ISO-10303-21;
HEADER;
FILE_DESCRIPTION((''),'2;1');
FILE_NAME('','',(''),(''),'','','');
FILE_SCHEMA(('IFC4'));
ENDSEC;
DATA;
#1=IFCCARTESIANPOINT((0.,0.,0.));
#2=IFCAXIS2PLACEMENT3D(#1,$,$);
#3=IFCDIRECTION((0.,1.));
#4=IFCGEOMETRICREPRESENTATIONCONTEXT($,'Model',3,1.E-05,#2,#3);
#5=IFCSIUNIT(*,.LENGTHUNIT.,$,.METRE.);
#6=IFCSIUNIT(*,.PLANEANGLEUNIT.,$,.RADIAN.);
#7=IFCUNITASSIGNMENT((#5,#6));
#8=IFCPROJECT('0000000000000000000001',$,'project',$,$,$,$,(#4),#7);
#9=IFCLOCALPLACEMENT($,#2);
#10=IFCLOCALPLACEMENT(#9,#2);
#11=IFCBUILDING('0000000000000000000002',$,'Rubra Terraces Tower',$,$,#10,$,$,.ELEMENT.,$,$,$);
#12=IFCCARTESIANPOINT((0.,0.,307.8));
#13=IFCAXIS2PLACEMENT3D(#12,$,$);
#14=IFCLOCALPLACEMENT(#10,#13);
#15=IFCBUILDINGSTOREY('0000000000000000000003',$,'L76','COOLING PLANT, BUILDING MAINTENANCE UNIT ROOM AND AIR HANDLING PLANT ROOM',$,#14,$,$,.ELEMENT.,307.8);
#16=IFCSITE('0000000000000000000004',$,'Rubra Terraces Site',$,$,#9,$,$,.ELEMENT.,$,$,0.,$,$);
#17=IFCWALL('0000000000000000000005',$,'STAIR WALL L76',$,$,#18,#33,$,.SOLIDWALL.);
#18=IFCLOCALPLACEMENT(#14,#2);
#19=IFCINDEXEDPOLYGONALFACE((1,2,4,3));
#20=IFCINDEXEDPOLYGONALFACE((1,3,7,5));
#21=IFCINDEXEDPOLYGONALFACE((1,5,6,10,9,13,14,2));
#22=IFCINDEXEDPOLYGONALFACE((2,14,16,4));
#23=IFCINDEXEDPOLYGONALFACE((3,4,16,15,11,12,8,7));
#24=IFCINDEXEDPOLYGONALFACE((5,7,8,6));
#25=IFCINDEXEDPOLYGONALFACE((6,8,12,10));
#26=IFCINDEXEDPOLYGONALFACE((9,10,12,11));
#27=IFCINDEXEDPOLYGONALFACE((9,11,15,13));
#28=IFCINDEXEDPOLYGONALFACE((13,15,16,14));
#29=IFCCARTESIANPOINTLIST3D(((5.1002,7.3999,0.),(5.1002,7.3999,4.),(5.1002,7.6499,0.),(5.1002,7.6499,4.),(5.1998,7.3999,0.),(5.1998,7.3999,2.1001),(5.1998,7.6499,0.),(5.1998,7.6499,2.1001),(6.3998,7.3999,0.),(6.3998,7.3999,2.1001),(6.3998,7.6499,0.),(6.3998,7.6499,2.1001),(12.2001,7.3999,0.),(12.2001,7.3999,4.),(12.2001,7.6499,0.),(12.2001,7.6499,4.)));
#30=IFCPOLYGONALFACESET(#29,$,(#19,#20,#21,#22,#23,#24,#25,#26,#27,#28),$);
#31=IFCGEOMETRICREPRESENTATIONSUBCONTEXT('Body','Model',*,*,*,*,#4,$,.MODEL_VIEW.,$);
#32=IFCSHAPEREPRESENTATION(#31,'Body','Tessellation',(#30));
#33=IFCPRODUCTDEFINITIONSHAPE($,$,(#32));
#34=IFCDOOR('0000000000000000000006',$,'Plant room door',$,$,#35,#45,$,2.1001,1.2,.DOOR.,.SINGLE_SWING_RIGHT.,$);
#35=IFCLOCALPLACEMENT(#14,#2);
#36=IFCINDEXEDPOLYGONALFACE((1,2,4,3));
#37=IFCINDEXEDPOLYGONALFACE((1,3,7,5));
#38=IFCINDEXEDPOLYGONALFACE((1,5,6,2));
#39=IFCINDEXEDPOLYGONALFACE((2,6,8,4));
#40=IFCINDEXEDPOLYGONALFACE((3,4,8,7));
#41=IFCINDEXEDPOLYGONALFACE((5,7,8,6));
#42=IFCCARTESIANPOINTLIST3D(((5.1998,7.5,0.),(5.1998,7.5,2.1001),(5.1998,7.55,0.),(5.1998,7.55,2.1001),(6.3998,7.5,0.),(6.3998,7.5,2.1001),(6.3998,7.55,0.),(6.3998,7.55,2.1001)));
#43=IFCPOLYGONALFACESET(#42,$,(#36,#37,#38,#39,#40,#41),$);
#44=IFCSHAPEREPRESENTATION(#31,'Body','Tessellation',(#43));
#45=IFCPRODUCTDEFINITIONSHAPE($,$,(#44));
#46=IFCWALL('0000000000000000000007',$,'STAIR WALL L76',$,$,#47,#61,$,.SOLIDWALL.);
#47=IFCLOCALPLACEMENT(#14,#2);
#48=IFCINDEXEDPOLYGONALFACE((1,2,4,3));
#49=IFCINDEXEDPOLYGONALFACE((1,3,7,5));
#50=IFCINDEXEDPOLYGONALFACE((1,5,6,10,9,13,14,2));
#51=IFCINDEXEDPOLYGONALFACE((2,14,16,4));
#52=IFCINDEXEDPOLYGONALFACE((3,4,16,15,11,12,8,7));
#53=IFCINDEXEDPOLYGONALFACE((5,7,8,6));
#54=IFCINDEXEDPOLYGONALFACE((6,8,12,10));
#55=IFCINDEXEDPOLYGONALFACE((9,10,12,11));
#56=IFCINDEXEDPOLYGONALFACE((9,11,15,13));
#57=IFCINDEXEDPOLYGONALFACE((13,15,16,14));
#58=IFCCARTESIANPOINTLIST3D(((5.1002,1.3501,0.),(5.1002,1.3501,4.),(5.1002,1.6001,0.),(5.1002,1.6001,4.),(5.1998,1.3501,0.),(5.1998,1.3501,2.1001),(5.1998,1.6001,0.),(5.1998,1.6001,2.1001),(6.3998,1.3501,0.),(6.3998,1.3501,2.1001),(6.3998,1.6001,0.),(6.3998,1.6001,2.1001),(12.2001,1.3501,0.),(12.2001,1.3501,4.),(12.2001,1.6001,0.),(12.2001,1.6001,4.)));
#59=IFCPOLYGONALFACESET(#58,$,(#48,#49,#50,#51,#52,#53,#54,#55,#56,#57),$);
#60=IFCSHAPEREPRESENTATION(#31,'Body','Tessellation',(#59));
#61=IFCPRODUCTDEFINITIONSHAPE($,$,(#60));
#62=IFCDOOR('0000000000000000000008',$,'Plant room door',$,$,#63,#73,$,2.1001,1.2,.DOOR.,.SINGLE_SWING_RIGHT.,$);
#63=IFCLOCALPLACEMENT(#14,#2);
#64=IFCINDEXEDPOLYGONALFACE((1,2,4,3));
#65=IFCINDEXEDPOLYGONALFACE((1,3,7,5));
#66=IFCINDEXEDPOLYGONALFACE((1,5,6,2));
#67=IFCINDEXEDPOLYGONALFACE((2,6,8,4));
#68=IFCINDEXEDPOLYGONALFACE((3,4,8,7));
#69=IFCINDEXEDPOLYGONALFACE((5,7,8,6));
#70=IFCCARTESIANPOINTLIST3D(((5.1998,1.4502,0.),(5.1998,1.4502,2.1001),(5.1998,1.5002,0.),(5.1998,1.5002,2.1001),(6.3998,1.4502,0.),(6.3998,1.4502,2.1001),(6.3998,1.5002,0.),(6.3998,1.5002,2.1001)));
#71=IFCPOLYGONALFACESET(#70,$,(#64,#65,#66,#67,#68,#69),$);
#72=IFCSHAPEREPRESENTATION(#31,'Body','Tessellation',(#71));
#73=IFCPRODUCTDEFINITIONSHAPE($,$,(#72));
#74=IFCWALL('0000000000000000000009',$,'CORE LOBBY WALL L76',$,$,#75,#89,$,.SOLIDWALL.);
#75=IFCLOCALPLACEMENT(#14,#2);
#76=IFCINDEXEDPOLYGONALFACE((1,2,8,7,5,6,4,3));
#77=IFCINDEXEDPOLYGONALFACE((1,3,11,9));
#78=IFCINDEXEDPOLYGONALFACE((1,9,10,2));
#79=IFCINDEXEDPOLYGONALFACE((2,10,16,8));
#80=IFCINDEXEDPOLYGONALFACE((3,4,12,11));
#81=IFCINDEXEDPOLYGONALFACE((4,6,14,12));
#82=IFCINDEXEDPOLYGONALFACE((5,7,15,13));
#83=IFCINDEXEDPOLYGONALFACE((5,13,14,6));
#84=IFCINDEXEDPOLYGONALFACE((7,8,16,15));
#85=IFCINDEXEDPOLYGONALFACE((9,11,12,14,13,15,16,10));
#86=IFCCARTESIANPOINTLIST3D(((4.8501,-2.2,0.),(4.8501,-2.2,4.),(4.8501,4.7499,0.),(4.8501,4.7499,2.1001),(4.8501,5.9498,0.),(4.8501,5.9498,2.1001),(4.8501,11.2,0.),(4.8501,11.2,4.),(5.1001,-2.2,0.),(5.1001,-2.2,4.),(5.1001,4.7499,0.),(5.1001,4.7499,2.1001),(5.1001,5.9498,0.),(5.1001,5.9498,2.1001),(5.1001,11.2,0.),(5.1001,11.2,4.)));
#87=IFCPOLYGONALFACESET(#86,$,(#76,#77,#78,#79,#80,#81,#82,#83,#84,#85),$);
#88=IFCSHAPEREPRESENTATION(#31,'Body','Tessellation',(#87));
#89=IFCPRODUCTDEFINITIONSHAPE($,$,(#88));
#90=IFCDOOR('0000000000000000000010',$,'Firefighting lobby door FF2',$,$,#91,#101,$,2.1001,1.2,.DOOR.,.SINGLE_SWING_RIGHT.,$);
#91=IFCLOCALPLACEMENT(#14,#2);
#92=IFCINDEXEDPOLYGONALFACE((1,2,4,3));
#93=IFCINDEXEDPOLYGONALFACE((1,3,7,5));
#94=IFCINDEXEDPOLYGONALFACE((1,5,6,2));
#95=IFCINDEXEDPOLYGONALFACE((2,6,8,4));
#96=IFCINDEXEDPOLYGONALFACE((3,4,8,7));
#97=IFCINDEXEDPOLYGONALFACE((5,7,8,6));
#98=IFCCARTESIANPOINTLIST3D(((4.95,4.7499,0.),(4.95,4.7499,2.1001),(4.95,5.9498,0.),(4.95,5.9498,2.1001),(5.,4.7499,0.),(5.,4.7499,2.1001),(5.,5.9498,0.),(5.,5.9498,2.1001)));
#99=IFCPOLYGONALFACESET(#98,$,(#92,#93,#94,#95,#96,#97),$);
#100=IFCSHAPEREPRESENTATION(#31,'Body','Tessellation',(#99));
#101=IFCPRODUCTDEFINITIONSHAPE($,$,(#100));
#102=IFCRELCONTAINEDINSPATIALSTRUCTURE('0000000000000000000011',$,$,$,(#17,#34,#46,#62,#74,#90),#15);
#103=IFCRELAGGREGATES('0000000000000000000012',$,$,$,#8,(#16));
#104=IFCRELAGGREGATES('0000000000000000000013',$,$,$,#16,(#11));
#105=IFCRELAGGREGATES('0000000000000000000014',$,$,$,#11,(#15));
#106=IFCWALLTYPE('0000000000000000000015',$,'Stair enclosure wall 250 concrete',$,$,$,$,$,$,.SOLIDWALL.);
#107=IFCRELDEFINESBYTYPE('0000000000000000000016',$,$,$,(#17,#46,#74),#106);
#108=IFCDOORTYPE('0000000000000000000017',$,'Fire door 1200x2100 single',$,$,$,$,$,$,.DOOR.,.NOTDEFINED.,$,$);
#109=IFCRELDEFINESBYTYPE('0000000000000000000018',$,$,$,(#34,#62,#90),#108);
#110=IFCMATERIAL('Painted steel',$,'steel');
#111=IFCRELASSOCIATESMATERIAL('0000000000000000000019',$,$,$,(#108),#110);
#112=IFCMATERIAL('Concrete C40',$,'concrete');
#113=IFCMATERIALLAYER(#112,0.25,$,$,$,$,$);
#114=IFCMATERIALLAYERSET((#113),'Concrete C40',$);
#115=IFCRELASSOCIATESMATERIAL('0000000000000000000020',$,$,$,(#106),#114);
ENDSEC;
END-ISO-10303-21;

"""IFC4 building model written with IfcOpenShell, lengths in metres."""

from ifc_helpers import new_model, si_unit, direction, frame, frame_2d, origin, place, context, subcontext, project, spatial, rectangle, extrude, material, layer, layer_set, type_object, element, fill, save


model = new_model("IFC4")

# Units and contexts
model_context = context("Model", 3, precision=1e-05, world=origin(), true_north=direction((0.0, 1.0)))
body_context = subcontext(model_context, "Body", "Model", "MODEL_VIEW")
ifc_project = project(units=[si_unit("LENGTHUNIT", "METRE"), si_unit("PLANEANGLEUNIT", "RADIAN")], contexts=[model_context])

# Site, building, storey
site_placement = place(None, origin())
site = spatial("IfcSite", under=ifc_project, at=site_placement, Name="Rubra Terraces Site", CompositionType="ELEMENT", RefElevation=0.0)
building_placement = place(site_placement, origin())
building = spatial("IfcBuilding", under=site, at=building_placement, Name="Rubra Terraces Tower", CompositionType="ELEMENT")
storey_placement = place(building_placement, frame((0.0, 0.0, 307.8)))
storey = spatial("IfcBuildingStorey", under=building, at=storey_placement, Name="L76", Description="COOLING PLANT, BUILDING MAINTENANCE UNIT ROOM AND AIR HANDLING PLANT ROOM", CompositionType="ELEMENT", Elevation=307.8)

# Shared definitions
ifc_material_1 = material(Name="Concrete C40", Category="concrete")

# Shared definitions
ifc_material_2 = material(Name="Painted steel", Category="steel")
door_type_1 = type_object("IfcDoorType", Name="Fire door 1200x2100 single", OperationType="NOTDEFINED", PredefinedType="DOOR", material=ifc_material_2)

# Walls, openings, doors
ifc_layer_1 = layer(ifc_material_1, 0.25)
ifc_layer_set_1 = layer_set([ifc_layer_1], Name="Concrete C40")
wall_type_1 = type_object("IfcWallType", Name="Stair enclosure wall 250 concrete", PredefinedType="SOLIDWALL", material=ifc_layer_set_1)
wall_1_placement = place(storey_placement, frame((12.2, 7.5249, 0.0), z_axis=(0.0, 0.0, 1.0), x_axis=(-1.0, 0.0, 0.0)))
wall_1 = element("IfcWall", 1, at=wall_1_placement, inside=storey, type_object=wall_type_1, Name="STAIR WALL L76", PredefinedType="SOLIDWALL", context=body_context, shape_type="SweptSolid", body=[
    extrude(rectangle(XDim=7.0999, YDim=0.25, at=frame_2d((3.5498, 0.0))), origin(), (0.0, 0.0, 1.0), 4.0),
])
opening_1_placement = place(wall_1_placement, frame((5.8, 0.0, 0.0)))
opening_1 = element("IfcOpeningElement", 2, at=opening_1_placement, cuts=wall_1, PredefinedType="OPENING", context=body_context, shape_type="SweptSolid", body=[
    extrude(rectangle(XDim=1.2, YDim=2.1001, at=frame_2d((0.6001, 1.05))), frame((0.0, 0.135, 0.0), z_axis=(0.0, -1.0, 0.0), x_axis=(1.0, 0.0, 0.0)), (0.0, 0.0, 1.0), 0.27),
])
door_1_placement = place(opening_1_placement, origin())
door_1 = element("IfcDoor", 3, at=door_1_placement, inside=storey, type_object=door_type_1, Name="Plant room door", OperationType="SINGLE_SWING_RIGHT", OverallHeight=2.1001, OverallWidth=1.2, PredefinedType="DOOR", context=body_context, shape_type="SweptSolid", body=[
    extrude(rectangle(XDim=1.2, YDim=2.1001, at=frame_2d((0.6001, 1.05))), frame((0.0, 0.0249, 0.0), z_axis=(0.0, -1.0, 0.0), x_axis=(1.0, 0.0, 0.0)), (0.0, 0.0, 1.0), 0.05),
])
fill(opening_1, door_1)
wall_2_placement = place(storey_placement, frame((12.2, 1.4751, 0.0), z_axis=(0.0, 0.0, 1.0), x_axis=(-1.0, 0.0, 0.0)))
wall_2 = element("IfcWall", 4, at=wall_2_placement, inside=storey, type_object=wall_type_1, Name="STAIR WALL L76", PredefinedType="SOLIDWALL", context=body_context, shape_type="SweptSolid", body=[
    extrude(rectangle(XDim=7.0999, YDim=0.25, at=frame_2d((3.5498, 0.0))), origin(), (0.0, 0.0, 1.0), 4.0),
])
opening_2_placement = place(wall_2_placement, frame((5.8, 0.0, 0.0)))
opening_2 = element("IfcOpeningElement", 5, at=opening_2_placement, cuts=wall_2, PredefinedType="OPENING", context=body_context, shape_type="SweptSolid", body=[
    extrude(rectangle(XDim=1.2, YDim=2.1001, at=frame_2d((0.6001, 1.05))), frame((0.0, 0.135, 0.0), z_axis=(0.0, -1.0, 0.0), x_axis=(1.0, 0.0, 0.0)), (0.0, 0.0, 1.0), 0.27),
])
door_2_placement = place(opening_2_placement, origin())
door_2 = element("IfcDoor", 6, at=door_2_placement, inside=storey, type_object=door_type_1, Name="Plant room door", OperationType="SINGLE_SWING_RIGHT", OverallHeight=2.1001, OverallWidth=1.2, PredefinedType="DOOR", context=body_context, shape_type="SweptSolid", body=[
    extrude(rectangle(XDim=1.2, YDim=2.1001, at=frame_2d((0.6001, 1.05))), frame((0.0, 0.0249, 0.0), z_axis=(0.0, -1.0, 0.0), x_axis=(1.0, 0.0, 0.0)), (0.0, 0.0, 1.0), 0.05),
])
fill(opening_2, door_2)
wall_3_placement = place(storey_placement, frame((4.9751, 11.2, 0.0), z_axis=(0.0, 0.0, 1.0), x_axis=(0.0, -1.0, 0.0)))
wall_3 = element("IfcWall", 7, at=wall_3_placement, inside=storey, type_object=wall_type_1, Name="CORE LOBBY WALL L76", PredefinedType="SOLIDWALL", context=body_context, shape_type="SweptSolid", body=[
    extrude(rectangle(XDim=13.3999, YDim=0.25, at=frame_2d((6.7, 0.0))), origin(), (0.0, 0.0, 1.0), 4.0),
])
opening_3_placement = place(wall_3_placement, frame((5.25, 0.0, 0.0)))
opening_3 = element("IfcOpeningElement", 8, at=opening_3_placement, cuts=wall_3, PredefinedType="OPENING", context=body_context, shape_type="SweptSolid", body=[
    extrude(rectangle(XDim=1.2, YDim=2.1001, at=frame_2d((0.6001, 1.05))), frame((0.0, 0.135, 0.0), z_axis=(0.0, -1.0, 0.0), x_axis=(1.0, 0.0, 0.0)), (0.0, 0.0, 1.0), 0.27),
])
door_3_placement = place(opening_3_placement, origin())
door_3 = element("IfcDoor", 9, at=door_3_placement, inside=storey, type_object=door_type_1, Name="Firefighting lobby door FF2", OperationType="SINGLE_SWING_RIGHT", OverallHeight=2.1001, OverallWidth=1.2, PredefinedType="DOOR", context=body_context, shape_type="SweptSolid", body=[
    extrude(rectangle(XDim=1.2, YDim=2.1001, at=frame_2d((0.6001, 1.05))), frame((0.0, 0.0249, 0.0), z_axis=(0.0, -1.0, 0.0), x_axis=(1.0, 0.0, 0.0)), (0.0, 0.0, 1.0), 0.05),
])
fill(opening_3, door_3)

save(model, "model.ifc")
